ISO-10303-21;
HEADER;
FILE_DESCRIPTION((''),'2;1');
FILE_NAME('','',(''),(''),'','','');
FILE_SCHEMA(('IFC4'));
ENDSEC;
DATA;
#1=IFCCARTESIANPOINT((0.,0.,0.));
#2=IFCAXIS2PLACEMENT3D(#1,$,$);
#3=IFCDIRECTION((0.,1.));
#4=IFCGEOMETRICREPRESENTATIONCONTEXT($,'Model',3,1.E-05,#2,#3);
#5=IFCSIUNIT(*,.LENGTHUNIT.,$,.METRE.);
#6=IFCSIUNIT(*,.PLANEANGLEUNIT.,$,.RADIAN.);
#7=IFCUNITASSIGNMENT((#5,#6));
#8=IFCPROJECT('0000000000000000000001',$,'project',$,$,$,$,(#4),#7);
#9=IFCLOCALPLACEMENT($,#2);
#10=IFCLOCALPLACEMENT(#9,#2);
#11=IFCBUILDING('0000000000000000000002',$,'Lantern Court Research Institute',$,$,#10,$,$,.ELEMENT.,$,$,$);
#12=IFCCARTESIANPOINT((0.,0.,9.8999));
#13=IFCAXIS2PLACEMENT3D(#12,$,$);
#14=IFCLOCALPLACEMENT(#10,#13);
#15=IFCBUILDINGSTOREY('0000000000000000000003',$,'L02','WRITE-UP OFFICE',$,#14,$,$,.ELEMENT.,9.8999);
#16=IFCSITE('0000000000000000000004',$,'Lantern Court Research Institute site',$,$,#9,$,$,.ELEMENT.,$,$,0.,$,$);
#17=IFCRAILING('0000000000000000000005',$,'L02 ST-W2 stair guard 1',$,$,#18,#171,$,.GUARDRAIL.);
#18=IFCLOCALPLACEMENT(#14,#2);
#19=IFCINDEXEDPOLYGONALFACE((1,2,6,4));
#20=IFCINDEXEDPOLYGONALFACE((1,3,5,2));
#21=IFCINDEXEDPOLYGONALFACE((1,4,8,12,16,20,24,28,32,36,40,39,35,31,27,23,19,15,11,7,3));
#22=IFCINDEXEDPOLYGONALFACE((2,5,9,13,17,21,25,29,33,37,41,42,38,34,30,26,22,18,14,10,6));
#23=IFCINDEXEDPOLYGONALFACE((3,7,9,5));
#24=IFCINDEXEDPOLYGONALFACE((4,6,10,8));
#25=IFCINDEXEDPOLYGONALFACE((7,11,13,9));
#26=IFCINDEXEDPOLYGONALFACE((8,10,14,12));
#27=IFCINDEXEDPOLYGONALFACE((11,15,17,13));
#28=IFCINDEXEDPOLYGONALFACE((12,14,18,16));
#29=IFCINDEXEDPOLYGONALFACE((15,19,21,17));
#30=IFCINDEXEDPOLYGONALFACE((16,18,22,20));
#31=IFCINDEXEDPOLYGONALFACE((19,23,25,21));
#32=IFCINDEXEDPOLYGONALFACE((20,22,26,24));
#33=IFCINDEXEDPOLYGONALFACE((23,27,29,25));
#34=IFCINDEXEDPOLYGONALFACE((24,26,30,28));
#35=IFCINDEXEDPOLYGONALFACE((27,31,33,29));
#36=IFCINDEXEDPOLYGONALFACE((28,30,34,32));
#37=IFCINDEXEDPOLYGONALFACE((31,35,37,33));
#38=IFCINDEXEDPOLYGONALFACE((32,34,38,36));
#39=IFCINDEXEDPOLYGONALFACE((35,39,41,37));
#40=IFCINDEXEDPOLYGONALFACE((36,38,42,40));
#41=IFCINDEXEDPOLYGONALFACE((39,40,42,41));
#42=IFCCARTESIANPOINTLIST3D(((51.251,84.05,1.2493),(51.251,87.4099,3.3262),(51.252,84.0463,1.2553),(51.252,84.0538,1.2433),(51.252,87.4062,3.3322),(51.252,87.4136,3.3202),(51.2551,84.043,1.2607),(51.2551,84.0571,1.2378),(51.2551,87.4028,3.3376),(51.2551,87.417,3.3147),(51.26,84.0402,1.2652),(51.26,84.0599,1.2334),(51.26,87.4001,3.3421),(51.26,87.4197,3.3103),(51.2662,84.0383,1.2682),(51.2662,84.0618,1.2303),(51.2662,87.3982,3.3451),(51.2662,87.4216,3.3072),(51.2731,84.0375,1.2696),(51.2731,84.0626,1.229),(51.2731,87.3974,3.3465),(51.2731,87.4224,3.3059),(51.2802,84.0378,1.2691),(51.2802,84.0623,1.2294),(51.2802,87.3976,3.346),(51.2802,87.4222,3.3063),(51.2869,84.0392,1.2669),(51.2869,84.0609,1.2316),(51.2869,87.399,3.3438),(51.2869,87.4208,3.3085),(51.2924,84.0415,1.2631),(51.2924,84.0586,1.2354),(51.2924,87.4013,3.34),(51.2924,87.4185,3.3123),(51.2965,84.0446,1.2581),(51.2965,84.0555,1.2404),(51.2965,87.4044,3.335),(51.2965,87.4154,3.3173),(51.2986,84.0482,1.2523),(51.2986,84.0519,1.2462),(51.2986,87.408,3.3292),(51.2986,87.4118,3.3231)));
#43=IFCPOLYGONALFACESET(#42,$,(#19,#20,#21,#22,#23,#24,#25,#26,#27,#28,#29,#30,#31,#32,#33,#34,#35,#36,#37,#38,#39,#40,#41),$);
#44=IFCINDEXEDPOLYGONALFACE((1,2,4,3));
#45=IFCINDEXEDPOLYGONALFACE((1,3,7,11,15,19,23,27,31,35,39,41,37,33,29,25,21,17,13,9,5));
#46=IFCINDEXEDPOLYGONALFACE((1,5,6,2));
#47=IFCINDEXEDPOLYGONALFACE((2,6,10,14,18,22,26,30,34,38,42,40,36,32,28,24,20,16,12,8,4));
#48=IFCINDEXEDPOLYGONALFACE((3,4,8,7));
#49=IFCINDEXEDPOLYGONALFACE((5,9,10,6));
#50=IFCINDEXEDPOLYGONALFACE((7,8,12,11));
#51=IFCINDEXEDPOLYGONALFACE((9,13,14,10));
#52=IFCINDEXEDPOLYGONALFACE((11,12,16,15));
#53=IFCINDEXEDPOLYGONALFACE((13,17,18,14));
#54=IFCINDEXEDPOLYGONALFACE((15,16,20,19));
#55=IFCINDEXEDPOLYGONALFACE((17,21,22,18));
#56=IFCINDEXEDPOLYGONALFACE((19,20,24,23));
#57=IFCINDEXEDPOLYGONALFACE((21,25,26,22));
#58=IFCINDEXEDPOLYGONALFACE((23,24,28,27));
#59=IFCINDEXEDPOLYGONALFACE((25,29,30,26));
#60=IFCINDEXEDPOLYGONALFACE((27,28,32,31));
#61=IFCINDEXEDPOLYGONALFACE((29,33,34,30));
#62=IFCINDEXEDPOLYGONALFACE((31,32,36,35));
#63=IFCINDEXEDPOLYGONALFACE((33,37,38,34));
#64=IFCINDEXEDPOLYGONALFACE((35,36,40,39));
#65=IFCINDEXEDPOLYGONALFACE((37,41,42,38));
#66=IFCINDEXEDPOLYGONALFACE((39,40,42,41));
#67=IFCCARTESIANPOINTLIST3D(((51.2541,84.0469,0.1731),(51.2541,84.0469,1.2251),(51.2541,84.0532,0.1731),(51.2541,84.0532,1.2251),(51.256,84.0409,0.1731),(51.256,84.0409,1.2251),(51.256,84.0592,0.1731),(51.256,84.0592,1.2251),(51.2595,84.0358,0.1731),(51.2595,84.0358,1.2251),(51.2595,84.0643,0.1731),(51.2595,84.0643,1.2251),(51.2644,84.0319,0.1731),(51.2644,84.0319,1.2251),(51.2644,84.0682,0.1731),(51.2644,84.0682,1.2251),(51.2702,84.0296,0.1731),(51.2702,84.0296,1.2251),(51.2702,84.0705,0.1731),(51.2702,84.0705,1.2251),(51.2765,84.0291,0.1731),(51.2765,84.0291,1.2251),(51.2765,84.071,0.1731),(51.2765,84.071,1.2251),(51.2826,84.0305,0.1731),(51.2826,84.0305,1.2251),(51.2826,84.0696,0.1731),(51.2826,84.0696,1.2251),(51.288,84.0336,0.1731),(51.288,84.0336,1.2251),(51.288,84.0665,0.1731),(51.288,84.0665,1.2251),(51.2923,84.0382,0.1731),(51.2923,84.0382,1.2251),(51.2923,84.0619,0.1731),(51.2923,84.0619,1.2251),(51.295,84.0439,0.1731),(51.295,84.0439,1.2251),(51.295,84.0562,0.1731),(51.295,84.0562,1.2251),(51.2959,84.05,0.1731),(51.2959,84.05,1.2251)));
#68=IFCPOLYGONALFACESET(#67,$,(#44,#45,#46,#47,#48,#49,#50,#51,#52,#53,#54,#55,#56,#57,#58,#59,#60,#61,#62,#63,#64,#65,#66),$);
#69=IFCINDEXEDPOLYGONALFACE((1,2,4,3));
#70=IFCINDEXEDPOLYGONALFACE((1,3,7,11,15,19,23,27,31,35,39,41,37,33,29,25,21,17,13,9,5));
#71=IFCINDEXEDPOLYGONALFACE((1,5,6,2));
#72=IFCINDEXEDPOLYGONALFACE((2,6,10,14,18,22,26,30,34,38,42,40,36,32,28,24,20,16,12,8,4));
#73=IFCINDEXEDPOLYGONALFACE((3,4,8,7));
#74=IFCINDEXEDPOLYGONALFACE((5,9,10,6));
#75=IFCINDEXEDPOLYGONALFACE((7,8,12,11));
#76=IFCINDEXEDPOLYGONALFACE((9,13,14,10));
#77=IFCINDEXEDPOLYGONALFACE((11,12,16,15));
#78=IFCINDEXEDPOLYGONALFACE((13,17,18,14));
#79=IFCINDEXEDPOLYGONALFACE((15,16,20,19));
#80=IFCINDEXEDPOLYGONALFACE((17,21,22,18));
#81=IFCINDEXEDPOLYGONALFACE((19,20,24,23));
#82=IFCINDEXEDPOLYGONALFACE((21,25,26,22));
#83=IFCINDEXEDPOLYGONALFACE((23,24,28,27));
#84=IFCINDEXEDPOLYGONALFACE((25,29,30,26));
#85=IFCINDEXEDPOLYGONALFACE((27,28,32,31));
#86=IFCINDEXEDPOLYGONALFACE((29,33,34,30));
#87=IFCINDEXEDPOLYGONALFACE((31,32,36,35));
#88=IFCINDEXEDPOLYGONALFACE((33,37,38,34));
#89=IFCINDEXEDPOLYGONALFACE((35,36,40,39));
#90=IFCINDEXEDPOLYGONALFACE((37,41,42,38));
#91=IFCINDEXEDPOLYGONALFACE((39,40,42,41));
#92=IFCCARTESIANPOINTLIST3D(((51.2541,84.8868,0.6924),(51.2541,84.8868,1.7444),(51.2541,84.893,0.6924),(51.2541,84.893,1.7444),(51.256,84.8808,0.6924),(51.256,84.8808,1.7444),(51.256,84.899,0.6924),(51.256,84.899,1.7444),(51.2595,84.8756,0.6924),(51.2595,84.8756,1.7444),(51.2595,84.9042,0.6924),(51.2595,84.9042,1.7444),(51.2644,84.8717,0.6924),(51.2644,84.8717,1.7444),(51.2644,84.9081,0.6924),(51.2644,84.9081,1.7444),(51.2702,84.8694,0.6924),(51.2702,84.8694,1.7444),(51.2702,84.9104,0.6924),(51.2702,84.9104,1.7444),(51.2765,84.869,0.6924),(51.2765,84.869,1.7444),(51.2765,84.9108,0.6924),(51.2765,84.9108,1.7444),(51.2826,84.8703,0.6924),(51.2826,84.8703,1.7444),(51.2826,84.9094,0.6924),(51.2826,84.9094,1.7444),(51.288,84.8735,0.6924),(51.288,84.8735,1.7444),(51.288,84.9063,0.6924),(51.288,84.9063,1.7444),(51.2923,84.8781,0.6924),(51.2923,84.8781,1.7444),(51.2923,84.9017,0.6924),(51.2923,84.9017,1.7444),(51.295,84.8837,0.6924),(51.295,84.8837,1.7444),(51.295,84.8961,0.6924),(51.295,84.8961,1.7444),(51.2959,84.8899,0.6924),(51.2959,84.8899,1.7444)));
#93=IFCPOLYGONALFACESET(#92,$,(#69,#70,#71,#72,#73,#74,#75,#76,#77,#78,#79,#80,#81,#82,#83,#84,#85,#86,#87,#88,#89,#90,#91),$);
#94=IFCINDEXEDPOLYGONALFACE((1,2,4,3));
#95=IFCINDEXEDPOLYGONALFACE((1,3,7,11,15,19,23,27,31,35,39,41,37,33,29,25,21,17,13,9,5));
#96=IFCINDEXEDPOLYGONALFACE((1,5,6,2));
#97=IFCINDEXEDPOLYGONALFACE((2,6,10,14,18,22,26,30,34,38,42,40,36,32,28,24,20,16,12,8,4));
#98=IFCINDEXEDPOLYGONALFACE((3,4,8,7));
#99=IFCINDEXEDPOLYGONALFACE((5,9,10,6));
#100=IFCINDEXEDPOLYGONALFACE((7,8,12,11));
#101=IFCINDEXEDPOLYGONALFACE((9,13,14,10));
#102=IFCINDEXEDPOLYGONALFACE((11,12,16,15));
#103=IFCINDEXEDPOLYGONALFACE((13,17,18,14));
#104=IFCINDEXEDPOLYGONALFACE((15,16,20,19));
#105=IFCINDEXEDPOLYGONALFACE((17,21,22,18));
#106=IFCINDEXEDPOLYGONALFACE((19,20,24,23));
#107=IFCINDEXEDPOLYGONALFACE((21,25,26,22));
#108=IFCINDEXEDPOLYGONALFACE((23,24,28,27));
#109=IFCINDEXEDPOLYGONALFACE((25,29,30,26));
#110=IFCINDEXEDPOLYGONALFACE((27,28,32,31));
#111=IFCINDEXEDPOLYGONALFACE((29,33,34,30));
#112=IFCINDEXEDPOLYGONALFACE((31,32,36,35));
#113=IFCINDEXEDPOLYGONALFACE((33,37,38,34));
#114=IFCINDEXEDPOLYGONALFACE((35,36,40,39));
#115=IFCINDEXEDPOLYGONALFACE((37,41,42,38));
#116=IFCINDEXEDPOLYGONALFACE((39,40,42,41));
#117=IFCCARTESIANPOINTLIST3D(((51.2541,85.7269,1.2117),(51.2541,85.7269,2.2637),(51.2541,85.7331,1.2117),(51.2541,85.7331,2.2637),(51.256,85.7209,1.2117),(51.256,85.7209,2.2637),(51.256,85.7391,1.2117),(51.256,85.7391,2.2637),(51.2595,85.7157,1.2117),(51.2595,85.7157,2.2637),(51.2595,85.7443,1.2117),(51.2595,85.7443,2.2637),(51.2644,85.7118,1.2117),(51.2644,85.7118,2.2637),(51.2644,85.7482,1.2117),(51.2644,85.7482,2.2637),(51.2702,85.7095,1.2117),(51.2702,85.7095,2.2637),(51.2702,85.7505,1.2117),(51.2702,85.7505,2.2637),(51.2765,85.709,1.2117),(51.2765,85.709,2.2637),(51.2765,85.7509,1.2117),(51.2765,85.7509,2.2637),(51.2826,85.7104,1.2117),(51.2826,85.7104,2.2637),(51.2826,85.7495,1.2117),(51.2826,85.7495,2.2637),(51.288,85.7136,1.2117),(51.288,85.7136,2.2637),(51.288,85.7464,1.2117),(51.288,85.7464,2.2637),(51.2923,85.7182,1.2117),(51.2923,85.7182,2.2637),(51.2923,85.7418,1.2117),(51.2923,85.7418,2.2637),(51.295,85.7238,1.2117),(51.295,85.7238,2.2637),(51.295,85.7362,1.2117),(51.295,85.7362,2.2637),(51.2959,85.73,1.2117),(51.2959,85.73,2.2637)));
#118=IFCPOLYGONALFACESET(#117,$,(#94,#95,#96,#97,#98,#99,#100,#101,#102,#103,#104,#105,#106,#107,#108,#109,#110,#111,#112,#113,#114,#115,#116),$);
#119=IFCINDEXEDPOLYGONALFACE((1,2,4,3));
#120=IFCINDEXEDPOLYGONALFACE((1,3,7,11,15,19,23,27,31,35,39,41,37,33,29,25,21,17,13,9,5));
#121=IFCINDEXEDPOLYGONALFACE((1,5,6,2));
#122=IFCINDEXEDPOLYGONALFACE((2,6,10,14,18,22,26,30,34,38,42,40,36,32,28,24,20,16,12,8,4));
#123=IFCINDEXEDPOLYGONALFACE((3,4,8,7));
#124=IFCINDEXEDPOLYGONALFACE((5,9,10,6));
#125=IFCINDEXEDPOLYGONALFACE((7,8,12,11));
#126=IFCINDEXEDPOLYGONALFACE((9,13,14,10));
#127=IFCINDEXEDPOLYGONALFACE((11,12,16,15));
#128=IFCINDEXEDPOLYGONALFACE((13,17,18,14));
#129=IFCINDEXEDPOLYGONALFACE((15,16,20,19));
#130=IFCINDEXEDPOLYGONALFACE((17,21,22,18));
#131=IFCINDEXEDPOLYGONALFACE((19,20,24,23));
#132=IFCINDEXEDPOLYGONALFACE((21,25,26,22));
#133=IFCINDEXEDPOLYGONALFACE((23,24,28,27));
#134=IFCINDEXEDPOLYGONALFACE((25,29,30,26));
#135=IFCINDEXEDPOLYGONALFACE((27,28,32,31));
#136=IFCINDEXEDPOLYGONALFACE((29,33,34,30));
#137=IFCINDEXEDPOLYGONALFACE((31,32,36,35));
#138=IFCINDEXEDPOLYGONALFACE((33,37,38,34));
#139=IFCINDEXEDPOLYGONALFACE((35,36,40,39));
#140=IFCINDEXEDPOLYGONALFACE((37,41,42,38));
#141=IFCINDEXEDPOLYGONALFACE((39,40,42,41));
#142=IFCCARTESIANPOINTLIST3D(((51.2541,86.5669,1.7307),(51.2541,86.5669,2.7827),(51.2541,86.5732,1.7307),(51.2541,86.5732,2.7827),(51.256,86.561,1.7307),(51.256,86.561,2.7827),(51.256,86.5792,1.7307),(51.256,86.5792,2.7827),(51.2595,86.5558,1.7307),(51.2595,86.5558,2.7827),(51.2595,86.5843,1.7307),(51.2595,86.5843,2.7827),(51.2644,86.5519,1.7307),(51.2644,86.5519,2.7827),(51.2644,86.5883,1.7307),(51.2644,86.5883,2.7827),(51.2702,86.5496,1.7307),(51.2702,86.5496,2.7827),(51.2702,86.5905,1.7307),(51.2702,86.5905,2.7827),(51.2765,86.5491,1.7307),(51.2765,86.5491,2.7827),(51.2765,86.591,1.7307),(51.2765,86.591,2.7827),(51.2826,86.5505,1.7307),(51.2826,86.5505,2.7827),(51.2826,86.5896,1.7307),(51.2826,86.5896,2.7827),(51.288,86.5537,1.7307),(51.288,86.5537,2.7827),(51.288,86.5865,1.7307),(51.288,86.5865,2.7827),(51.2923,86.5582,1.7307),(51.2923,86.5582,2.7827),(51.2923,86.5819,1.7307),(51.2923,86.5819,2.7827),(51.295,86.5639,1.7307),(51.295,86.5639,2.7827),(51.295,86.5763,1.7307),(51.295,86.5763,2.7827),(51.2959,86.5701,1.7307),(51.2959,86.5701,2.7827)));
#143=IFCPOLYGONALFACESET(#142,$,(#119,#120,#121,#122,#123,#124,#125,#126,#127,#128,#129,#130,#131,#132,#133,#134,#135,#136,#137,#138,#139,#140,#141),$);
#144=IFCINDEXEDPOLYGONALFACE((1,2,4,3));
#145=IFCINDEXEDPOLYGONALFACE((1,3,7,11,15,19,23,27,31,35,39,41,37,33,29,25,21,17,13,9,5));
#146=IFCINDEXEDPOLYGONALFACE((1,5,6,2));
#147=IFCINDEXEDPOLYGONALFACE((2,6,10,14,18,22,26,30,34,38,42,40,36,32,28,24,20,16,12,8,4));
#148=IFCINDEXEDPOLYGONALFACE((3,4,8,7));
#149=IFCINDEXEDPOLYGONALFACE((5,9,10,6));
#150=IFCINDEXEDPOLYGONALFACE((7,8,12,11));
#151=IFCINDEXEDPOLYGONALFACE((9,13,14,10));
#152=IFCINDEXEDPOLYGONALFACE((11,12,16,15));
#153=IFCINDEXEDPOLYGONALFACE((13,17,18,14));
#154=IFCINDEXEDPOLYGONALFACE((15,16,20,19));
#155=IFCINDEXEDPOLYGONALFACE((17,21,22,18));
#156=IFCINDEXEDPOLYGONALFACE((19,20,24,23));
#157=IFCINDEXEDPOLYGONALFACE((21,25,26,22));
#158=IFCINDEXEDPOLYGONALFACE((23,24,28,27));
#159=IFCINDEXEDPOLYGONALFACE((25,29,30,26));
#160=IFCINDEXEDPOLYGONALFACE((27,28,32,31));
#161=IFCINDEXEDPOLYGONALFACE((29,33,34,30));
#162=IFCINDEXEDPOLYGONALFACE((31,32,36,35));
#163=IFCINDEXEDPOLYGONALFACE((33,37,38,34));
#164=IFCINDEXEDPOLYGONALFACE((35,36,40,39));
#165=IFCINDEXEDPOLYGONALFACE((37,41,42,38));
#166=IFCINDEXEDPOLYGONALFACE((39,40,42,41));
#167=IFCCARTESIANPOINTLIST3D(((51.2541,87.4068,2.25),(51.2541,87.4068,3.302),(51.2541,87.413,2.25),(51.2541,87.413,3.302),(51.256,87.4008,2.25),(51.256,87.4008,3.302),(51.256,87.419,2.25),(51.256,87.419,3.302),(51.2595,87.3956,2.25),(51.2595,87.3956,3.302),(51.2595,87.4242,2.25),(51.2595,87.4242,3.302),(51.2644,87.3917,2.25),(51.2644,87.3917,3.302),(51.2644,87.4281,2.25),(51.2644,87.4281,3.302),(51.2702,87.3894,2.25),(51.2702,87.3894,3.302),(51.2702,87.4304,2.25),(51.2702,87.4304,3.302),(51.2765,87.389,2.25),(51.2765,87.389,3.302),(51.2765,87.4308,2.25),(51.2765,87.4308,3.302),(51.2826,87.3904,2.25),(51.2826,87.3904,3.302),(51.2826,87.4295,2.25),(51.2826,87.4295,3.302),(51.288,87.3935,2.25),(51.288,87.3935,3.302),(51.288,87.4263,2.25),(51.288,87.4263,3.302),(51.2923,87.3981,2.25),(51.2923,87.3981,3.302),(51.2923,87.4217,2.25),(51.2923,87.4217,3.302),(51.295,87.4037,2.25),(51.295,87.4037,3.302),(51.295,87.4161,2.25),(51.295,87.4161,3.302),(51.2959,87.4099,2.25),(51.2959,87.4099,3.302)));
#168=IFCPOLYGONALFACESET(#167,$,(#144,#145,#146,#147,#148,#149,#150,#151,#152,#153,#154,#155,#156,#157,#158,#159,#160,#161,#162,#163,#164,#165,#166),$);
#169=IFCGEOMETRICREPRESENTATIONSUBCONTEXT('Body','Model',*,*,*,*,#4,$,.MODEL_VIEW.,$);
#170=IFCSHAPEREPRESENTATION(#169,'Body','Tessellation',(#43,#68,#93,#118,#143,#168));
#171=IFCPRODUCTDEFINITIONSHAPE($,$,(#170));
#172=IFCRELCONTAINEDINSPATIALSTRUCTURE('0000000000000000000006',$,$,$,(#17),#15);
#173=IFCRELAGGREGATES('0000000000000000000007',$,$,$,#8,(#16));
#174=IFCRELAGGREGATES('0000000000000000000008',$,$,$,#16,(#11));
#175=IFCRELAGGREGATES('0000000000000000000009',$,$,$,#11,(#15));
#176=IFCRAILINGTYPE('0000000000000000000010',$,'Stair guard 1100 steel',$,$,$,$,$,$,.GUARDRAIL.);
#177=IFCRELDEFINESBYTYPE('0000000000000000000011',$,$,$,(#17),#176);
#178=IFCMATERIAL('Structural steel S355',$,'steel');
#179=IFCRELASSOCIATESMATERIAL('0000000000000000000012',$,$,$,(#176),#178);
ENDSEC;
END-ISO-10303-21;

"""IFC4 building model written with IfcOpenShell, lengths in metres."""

from ifc_helpers import new_model, si_unit, direction, frame, origin, origin_2d, place, context, subcontext, project, spatial, circle, extrude, material, type_object, element, save


model = new_model("IFC4")

# Units and contexts
model_context = context("Model", 3, precision=1e-05, world=origin(), true_north=direction((0.0, 1.0)))
body_context = subcontext(model_context, "Body", "Model", "MODEL_VIEW")
ifc_project = project(units=[si_unit("LENGTHUNIT", "METRE"), si_unit("PLANEANGLEUNIT", "RADIAN")], contexts=[model_context])

# Site, building, storey
site_placement = place(None, origin())
site = spatial("IfcSite", under=ifc_project, at=site_placement, Name="Lantern Court Research Institute site", CompositionType="ELEMENT", RefElevation=0.0)
building_placement = place(site_placement, origin())
building = spatial("IfcBuilding", under=site, at=building_placement, Name="Lantern Court Research Institute", CompositionType="ELEMENT")
storey_placement = place(building_placement, frame((0.0, 0.0, 9.8999)))
storey = spatial("IfcBuildingStorey", under=building, at=storey_placement, Name="L02", Description="WRITE-UP OFFICE", CompositionType="ELEMENT", Elevation=9.8999)

# Railing
ifc_material_1 = material(Name="Structural steel S355", Category="steel")
railing_type_1 = type_object("IfcRailingType", Name="Stair guard 1100 steel", PredefinedType="GUARDRAIL", material=ifc_material_1)
railing_1_placement = place(storey_placement, frame((51.2749, 84.05, 0.1731)))
element("IfcRailing", 1, at=railing_1_placement, inside=storey, type_object=railing_type_1, Name="L02 ST-W2 stair guard 1", PredefinedType="GUARDRAIL", context=body_context, shape_type="SweptSolid", body=[
    extrude(circle(Radius=0.0239, at=origin_2d()), frame((0.0, 0.0, 1.0762), z_axis=(0.0, 0.850606, 0.525803), x_axis=(-1.0, 0.0, 0.0)), (0.0, 0.0, 1.0), 3.95),
    extrude(circle(Radius=0.021, at=origin_2d()), origin(), (0.0, 0.0, 1.0), 1.052),
    extrude(circle(Radius=0.021, at=origin_2d()), frame((0.0, 0.8398, 0.5193)), (0.0, 0.0, 1.0), 1.052),
    extrude(circle(Radius=0.021, at=origin_2d()), frame((0.0, 1.6799, 1.0386)), (0.0, 0.0, 1.0), 1.052),
    extrude(circle(Radius=0.021, at=origin_2d()), frame((0.0, 2.52, 1.5576)), (0.0, 0.0, 1.0), 1.052),
    extrude(circle(Radius=0.021, at=origin_2d()), frame((0.0, 3.3599, 2.0769)), (0.0, 0.0, 1.0), 1.052),
])

save(model, "model.ifc")
